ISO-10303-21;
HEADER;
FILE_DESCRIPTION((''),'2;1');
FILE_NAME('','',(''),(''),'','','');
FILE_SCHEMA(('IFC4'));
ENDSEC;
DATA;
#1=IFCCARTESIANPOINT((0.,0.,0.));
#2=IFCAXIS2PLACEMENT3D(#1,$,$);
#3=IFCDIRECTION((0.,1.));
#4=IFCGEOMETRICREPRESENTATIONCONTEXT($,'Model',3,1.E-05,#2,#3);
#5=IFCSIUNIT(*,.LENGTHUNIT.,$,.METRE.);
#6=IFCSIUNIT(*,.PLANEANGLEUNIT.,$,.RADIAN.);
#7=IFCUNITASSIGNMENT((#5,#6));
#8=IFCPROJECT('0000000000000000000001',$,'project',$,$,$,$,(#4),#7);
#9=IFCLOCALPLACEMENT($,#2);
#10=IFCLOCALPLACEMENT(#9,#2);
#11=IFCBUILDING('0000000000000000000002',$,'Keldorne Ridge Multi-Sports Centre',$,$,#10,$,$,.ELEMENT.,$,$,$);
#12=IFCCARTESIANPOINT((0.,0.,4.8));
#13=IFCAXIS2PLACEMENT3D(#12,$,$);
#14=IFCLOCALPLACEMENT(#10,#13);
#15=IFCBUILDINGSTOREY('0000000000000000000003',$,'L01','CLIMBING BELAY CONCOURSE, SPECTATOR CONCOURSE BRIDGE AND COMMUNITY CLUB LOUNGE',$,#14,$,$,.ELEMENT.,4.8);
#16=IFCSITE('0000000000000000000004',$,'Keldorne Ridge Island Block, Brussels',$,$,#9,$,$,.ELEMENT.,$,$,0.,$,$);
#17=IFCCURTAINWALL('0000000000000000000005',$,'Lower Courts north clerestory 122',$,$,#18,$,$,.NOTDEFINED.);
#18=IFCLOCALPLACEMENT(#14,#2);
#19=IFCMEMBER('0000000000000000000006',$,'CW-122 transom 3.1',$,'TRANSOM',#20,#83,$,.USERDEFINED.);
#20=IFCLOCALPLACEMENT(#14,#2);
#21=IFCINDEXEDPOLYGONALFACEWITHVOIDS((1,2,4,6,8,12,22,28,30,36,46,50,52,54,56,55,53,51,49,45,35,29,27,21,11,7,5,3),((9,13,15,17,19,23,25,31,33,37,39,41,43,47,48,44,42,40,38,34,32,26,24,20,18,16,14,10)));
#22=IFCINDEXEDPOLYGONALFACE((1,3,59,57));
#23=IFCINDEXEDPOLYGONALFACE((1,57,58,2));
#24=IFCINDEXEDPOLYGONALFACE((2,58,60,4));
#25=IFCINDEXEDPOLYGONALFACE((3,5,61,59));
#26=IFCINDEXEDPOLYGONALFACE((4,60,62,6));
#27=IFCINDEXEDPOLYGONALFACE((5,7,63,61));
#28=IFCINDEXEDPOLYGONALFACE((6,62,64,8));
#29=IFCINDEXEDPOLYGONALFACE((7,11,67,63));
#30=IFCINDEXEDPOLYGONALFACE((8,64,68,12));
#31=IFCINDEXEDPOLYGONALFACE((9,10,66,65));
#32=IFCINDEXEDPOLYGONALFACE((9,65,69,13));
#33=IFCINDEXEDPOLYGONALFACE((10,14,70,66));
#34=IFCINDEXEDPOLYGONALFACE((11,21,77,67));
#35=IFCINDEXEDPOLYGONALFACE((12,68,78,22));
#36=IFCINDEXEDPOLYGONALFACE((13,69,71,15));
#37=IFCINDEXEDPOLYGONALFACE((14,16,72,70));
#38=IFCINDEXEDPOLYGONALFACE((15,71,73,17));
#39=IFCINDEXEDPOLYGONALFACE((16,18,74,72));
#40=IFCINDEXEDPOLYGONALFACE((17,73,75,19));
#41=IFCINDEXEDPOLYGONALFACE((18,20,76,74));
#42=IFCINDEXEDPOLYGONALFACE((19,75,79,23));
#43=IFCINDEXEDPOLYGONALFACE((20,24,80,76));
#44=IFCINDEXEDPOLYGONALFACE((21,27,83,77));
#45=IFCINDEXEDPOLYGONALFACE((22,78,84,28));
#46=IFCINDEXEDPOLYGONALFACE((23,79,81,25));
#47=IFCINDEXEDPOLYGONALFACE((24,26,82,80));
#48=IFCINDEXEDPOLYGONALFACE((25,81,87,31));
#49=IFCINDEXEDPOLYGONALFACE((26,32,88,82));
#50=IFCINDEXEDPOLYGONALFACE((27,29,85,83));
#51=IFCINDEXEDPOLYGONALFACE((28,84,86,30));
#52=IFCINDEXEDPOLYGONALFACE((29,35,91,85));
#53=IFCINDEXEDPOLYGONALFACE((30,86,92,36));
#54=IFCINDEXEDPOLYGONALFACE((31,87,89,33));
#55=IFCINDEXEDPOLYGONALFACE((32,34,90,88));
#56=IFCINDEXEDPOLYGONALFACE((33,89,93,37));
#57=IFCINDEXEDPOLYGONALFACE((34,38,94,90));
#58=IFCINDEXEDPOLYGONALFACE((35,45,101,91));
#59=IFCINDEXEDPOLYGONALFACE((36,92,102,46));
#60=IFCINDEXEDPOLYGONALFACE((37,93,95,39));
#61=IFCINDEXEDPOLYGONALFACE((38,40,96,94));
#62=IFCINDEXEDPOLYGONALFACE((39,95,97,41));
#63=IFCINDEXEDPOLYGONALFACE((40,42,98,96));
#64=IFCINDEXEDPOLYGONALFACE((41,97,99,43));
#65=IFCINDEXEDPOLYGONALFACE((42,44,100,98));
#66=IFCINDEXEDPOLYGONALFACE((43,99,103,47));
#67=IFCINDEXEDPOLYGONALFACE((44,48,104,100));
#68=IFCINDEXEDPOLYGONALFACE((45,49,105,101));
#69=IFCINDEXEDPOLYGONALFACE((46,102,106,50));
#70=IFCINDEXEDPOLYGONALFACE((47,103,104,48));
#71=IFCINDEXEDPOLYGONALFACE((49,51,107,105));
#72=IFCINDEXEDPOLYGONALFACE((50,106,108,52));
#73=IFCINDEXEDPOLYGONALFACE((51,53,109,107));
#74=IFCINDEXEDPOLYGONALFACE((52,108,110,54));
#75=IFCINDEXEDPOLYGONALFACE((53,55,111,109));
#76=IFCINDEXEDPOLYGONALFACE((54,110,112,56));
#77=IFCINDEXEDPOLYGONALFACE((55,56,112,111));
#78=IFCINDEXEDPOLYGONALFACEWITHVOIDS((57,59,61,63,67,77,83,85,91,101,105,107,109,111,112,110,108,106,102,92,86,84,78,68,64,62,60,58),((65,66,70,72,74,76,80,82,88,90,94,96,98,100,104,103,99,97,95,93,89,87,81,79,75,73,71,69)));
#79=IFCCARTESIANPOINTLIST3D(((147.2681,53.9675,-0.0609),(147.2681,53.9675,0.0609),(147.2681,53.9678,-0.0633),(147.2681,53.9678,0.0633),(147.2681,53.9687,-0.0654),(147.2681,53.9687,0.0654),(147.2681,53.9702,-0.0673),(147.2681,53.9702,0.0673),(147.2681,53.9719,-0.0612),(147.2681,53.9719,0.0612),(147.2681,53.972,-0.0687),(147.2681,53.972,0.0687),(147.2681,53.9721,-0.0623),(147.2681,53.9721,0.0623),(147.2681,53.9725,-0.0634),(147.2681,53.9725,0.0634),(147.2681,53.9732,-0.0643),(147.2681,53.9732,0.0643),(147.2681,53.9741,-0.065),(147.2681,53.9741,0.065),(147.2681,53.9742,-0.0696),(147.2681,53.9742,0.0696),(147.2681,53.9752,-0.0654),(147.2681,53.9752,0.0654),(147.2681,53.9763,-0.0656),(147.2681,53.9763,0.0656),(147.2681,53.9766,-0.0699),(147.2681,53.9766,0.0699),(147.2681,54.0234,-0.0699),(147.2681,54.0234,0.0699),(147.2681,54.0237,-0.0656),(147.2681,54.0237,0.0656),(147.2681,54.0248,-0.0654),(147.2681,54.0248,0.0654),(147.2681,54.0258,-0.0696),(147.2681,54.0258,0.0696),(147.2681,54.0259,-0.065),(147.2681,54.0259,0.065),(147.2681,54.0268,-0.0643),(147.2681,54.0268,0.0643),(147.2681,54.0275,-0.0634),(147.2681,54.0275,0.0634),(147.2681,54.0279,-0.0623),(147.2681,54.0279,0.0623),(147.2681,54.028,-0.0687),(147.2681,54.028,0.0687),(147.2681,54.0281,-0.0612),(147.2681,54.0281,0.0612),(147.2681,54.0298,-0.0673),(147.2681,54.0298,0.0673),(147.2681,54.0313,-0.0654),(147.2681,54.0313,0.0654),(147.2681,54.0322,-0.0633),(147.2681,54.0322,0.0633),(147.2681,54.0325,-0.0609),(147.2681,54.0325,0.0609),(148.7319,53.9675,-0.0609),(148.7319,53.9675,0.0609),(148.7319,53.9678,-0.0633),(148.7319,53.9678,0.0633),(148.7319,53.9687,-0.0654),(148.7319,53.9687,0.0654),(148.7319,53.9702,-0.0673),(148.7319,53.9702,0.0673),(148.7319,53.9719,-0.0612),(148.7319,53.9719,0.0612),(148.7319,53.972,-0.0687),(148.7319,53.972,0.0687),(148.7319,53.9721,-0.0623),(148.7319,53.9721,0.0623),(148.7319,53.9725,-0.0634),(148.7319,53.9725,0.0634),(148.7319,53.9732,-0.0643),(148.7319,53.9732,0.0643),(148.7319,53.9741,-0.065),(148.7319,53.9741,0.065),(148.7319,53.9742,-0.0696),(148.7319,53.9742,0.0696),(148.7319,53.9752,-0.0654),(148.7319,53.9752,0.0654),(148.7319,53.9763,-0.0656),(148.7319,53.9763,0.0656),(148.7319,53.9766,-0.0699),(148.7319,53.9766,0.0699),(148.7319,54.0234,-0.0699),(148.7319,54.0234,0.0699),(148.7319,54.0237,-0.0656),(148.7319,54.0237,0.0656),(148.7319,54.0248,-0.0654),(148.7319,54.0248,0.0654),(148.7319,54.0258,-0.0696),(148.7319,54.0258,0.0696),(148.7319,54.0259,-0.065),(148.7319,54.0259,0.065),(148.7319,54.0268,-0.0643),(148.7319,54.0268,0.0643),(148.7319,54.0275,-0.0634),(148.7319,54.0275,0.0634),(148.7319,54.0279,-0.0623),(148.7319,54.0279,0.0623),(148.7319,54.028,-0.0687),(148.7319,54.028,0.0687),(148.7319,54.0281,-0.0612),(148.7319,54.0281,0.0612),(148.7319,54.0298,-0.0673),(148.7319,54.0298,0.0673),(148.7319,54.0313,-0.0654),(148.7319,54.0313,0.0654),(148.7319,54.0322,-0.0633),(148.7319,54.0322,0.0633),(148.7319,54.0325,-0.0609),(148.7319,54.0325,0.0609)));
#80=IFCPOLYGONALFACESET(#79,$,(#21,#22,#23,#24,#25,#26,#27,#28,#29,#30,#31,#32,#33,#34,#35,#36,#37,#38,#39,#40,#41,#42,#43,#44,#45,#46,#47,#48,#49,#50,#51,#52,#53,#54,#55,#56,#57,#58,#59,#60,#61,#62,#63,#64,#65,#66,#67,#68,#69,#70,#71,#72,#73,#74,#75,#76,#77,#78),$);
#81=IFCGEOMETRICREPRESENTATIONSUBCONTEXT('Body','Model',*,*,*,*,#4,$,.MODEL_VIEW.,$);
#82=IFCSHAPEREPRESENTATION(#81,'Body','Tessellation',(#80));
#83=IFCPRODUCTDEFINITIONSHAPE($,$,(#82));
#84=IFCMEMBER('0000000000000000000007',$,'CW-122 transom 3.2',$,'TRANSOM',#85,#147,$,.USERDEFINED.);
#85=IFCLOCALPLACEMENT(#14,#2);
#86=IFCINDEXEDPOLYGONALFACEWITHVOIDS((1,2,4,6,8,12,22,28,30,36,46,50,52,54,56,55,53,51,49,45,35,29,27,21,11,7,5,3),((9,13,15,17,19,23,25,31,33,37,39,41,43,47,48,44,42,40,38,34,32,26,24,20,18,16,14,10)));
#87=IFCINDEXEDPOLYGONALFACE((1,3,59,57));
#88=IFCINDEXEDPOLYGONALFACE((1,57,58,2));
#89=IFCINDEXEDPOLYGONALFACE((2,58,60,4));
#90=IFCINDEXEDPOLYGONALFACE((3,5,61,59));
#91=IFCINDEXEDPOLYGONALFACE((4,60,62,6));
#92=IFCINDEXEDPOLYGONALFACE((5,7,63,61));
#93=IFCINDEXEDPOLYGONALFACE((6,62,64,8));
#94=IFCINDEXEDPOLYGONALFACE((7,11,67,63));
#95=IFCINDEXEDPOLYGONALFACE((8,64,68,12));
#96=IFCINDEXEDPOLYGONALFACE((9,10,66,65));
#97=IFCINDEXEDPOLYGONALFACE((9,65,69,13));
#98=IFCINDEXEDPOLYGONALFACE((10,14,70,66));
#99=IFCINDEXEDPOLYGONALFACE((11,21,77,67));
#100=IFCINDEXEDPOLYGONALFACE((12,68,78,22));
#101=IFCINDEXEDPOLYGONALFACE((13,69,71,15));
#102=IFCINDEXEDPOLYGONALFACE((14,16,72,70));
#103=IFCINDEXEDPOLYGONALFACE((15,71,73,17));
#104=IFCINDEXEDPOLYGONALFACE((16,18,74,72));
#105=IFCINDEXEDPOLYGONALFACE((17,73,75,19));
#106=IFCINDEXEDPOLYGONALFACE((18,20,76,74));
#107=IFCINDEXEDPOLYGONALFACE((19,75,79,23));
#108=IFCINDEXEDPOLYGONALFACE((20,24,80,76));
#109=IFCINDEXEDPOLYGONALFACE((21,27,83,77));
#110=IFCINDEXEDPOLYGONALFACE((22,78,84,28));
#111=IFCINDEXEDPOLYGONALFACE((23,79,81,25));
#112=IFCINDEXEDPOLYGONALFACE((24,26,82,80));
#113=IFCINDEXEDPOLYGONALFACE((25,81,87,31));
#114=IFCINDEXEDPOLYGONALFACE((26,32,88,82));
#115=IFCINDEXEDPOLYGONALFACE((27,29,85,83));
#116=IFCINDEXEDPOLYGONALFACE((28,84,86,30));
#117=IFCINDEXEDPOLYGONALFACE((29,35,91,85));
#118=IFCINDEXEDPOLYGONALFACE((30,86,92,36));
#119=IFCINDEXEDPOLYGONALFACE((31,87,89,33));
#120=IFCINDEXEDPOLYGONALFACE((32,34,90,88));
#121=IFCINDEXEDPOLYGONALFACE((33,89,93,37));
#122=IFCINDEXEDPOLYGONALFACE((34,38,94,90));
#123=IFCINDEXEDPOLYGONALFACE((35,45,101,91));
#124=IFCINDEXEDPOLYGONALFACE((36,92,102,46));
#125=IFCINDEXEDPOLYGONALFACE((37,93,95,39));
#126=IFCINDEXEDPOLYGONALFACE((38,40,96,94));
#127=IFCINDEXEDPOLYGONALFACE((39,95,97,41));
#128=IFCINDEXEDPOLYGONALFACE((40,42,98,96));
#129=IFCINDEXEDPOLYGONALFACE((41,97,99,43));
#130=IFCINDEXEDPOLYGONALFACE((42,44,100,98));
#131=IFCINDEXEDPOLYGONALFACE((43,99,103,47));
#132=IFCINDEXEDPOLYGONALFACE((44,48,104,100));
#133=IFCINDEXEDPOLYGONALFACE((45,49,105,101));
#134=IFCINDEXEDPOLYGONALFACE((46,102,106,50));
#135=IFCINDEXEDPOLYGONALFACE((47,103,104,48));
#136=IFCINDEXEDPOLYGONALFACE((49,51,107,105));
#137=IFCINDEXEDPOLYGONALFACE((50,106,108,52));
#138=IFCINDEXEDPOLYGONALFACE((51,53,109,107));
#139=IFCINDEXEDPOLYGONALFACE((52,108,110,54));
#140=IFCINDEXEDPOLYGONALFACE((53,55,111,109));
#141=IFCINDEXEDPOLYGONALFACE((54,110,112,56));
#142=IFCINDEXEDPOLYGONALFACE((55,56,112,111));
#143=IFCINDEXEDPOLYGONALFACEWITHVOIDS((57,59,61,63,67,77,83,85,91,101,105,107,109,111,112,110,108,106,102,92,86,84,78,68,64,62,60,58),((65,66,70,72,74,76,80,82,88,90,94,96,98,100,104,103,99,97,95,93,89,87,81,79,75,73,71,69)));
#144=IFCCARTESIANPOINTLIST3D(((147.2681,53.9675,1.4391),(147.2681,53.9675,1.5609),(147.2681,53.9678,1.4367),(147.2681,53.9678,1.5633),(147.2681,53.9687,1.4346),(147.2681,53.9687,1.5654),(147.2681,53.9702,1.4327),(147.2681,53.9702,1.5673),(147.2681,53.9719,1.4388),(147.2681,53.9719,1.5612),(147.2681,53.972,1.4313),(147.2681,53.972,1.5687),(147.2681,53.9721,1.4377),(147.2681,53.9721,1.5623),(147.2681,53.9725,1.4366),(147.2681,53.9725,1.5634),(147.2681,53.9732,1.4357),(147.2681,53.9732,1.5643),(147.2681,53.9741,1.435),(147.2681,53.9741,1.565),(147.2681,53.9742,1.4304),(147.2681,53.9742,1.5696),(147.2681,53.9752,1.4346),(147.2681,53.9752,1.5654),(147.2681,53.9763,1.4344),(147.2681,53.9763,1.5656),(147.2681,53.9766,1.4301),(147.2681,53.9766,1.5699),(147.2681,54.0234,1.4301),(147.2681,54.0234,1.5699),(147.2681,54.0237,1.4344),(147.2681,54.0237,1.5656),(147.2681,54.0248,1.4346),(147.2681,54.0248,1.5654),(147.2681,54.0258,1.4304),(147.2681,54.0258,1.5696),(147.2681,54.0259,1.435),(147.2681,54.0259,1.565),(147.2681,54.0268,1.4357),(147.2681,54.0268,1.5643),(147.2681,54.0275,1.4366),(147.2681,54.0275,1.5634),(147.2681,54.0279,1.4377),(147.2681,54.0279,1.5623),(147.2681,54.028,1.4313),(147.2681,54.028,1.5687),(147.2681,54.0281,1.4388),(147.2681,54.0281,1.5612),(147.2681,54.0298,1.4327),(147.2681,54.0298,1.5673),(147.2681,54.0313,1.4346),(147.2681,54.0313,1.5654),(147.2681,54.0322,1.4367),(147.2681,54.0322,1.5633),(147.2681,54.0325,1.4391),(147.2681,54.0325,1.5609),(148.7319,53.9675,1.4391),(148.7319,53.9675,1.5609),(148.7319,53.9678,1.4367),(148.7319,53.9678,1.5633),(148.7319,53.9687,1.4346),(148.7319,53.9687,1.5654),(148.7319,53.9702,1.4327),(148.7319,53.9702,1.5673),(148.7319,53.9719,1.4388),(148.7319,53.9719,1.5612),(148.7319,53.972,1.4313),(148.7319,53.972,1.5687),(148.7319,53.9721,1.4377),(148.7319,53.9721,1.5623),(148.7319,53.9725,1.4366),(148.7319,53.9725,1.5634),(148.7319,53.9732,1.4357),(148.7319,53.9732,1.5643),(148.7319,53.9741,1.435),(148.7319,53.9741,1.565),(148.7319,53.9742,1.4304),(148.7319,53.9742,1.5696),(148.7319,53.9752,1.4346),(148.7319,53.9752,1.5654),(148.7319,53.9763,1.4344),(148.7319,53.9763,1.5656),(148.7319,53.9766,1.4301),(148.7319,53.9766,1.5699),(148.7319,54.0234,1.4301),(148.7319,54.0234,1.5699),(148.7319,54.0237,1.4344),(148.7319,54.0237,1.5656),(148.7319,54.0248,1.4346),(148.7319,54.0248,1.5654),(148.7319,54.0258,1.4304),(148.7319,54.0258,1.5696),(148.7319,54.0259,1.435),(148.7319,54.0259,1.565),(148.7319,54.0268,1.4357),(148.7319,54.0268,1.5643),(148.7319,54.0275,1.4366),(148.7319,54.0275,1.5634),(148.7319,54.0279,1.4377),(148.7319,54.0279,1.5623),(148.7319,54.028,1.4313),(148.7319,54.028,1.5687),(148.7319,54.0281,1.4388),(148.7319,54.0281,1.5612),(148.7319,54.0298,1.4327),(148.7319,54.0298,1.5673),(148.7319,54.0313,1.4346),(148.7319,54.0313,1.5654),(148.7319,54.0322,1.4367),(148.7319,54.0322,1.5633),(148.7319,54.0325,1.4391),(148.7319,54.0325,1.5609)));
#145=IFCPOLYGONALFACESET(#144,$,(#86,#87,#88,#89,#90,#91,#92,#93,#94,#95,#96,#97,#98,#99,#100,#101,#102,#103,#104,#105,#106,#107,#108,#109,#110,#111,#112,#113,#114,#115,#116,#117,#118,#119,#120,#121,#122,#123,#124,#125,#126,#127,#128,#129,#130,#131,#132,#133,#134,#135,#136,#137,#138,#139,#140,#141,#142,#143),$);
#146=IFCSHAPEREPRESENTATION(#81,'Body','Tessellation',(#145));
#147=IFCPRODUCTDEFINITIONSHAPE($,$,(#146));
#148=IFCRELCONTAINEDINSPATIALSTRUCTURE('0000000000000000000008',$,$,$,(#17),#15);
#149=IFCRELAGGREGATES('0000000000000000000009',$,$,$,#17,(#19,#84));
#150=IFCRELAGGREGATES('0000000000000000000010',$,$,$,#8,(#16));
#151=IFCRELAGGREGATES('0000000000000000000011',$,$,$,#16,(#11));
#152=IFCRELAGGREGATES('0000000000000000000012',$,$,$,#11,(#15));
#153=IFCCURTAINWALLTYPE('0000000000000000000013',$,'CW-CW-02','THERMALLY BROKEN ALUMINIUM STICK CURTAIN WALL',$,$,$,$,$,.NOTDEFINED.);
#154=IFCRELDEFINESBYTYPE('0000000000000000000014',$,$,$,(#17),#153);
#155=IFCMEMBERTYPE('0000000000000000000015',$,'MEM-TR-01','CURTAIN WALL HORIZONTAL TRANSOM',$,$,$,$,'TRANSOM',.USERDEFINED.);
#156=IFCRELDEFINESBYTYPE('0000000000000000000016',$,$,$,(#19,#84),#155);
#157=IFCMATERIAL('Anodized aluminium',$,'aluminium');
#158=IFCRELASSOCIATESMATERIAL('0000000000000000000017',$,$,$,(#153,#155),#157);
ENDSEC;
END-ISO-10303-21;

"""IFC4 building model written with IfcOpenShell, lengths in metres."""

from ifc_helpers import new_model, si_unit, direction, frame, origin, origin_2d, place, context, subcontext, project, spatial, hollow_rectangle, extrude, material, material_profile, profile_set, type_object, element, aggregate, save


model = new_model("IFC4")

# Units and contexts
model_context = context("Model", 3, precision=1e-05, world=origin(), true_north=direction((0.0, 1.0)))
body_context = subcontext(model_context, "Body", "Model", "MODEL_VIEW")
ifc_project = project(units=[si_unit("LENGTHUNIT", "METRE"), si_unit("PLANEANGLEUNIT", "RADIAN")], contexts=[model_context])

# Site, building, storey
site_placement = place(None, origin())
site = spatial("IfcSite", under=ifc_project, at=site_placement, Name="Keldorne Ridge Island Block, Brussels", CompositionType="ELEMENT", RefElevation=0.0)
building_placement = place(site_placement, origin())
building = spatial("IfcBuilding", under=site, at=building_placement, Name="Keldorne Ridge Multi-Sports Centre", CompositionType="ELEMENT")
storey_placement = place(building_placement, frame((0.0, 0.0, 4.8)))
storey = spatial("IfcBuildingStorey", under=building, at=storey_placement, Name="L01", Description="CLIMBING BELAY CONCOURSE, SPECTATOR CONCOURSE BRIDGE AND COMMUNITY CLUB LOUNGE", CompositionType="ELEMENT", Elevation=4.8)

# Curtain wall, members
ifc_material_1 = material(Name="Anodized aluminium", Category="aluminium")
curtain_wall_type = type_object("IfcCurtainWallType", Name="CW-CW-02", Description="THERMALLY BROKEN ALUMINIUM STICK CURTAIN WALL", PredefinedType="NOTDEFINED", material=ifc_material_1)
curtain_wall_placement = place(storey_placement, origin())
curtain_wall = element("IfcCurtainWall", 1, at=curtain_wall_placement, inside=storey, type_object=curtain_wall_type, Name="Lower Courts north clerestory 122", PredefinedType="NOTDEFINED")
ifc_material_profile_1 = material_profile(ifc_material_1, hollow_rectangle(XDim=0.0649, YDim=0.1399, WallThickness=0.0044, InnerFilletRadius=0.0044, OuterFilletRadius=0.009, at=origin_2d()), Name="ALU TRANSOM 140x65x4.5")
ifc_profile_set_1 = profile_set([ifc_material_profile_1], Name="Anodized aluminium")
member_type_1 = type_object("IfcMemberType", Name="MEM-TR-01", Description="CURTAIN WALL HORIZONTAL TRANSOM", ElementType="TRANSOM", PredefinedType="USERDEFINED", material=ifc_profile_set_1)
member_1_placement = place(storey_placement, frame((148.7319, 54.0, 0.0), z_axis=(-1.0, 0.0, 0.0), x_axis=(0.0, -1.0, 0.0)))
member_1 = element("IfcMember", 2, at=member_1_placement, type_object=member_type_1, Name="CW-122 transom 3.1", ObjectType="TRANSOM", PredefinedType="USERDEFINED", context=body_context, shape_type="SweptSolid", body=[
    extrude(hollow_rectangle(XDim=0.0649, YDim=0.1399, WallThickness=0.0044, InnerFilletRadius=0.0044, OuterFilletRadius=0.009, at=origin_2d()), origin(), (0.0, 0.0, 1.0), 1.4639),
])
member_2_placement = place(storey_placement, frame((148.7319, 54.0, 1.5), z_axis=(-1.0, 0.0, 0.0), x_axis=(0.0, -1.0, 0.0)))
member_2 = element("IfcMember", 3, at=member_2_placement, type_object=member_type_1, Name="CW-122 transom 3.2", ObjectType="TRANSOM", PredefinedType="USERDEFINED", context=body_context, shape_type="SweptSolid", body=[
    extrude(hollow_rectangle(XDim=0.0649, YDim=0.1399, WallThickness=0.0044, InnerFilletRadius=0.0044, OuterFilletRadius=0.009, at=origin_2d()), origin(), (0.0, 0.0, 1.0), 1.4639),
])
aggregate(curtain_wall, [member_1, member_2])

save(model, "model.ifc")
